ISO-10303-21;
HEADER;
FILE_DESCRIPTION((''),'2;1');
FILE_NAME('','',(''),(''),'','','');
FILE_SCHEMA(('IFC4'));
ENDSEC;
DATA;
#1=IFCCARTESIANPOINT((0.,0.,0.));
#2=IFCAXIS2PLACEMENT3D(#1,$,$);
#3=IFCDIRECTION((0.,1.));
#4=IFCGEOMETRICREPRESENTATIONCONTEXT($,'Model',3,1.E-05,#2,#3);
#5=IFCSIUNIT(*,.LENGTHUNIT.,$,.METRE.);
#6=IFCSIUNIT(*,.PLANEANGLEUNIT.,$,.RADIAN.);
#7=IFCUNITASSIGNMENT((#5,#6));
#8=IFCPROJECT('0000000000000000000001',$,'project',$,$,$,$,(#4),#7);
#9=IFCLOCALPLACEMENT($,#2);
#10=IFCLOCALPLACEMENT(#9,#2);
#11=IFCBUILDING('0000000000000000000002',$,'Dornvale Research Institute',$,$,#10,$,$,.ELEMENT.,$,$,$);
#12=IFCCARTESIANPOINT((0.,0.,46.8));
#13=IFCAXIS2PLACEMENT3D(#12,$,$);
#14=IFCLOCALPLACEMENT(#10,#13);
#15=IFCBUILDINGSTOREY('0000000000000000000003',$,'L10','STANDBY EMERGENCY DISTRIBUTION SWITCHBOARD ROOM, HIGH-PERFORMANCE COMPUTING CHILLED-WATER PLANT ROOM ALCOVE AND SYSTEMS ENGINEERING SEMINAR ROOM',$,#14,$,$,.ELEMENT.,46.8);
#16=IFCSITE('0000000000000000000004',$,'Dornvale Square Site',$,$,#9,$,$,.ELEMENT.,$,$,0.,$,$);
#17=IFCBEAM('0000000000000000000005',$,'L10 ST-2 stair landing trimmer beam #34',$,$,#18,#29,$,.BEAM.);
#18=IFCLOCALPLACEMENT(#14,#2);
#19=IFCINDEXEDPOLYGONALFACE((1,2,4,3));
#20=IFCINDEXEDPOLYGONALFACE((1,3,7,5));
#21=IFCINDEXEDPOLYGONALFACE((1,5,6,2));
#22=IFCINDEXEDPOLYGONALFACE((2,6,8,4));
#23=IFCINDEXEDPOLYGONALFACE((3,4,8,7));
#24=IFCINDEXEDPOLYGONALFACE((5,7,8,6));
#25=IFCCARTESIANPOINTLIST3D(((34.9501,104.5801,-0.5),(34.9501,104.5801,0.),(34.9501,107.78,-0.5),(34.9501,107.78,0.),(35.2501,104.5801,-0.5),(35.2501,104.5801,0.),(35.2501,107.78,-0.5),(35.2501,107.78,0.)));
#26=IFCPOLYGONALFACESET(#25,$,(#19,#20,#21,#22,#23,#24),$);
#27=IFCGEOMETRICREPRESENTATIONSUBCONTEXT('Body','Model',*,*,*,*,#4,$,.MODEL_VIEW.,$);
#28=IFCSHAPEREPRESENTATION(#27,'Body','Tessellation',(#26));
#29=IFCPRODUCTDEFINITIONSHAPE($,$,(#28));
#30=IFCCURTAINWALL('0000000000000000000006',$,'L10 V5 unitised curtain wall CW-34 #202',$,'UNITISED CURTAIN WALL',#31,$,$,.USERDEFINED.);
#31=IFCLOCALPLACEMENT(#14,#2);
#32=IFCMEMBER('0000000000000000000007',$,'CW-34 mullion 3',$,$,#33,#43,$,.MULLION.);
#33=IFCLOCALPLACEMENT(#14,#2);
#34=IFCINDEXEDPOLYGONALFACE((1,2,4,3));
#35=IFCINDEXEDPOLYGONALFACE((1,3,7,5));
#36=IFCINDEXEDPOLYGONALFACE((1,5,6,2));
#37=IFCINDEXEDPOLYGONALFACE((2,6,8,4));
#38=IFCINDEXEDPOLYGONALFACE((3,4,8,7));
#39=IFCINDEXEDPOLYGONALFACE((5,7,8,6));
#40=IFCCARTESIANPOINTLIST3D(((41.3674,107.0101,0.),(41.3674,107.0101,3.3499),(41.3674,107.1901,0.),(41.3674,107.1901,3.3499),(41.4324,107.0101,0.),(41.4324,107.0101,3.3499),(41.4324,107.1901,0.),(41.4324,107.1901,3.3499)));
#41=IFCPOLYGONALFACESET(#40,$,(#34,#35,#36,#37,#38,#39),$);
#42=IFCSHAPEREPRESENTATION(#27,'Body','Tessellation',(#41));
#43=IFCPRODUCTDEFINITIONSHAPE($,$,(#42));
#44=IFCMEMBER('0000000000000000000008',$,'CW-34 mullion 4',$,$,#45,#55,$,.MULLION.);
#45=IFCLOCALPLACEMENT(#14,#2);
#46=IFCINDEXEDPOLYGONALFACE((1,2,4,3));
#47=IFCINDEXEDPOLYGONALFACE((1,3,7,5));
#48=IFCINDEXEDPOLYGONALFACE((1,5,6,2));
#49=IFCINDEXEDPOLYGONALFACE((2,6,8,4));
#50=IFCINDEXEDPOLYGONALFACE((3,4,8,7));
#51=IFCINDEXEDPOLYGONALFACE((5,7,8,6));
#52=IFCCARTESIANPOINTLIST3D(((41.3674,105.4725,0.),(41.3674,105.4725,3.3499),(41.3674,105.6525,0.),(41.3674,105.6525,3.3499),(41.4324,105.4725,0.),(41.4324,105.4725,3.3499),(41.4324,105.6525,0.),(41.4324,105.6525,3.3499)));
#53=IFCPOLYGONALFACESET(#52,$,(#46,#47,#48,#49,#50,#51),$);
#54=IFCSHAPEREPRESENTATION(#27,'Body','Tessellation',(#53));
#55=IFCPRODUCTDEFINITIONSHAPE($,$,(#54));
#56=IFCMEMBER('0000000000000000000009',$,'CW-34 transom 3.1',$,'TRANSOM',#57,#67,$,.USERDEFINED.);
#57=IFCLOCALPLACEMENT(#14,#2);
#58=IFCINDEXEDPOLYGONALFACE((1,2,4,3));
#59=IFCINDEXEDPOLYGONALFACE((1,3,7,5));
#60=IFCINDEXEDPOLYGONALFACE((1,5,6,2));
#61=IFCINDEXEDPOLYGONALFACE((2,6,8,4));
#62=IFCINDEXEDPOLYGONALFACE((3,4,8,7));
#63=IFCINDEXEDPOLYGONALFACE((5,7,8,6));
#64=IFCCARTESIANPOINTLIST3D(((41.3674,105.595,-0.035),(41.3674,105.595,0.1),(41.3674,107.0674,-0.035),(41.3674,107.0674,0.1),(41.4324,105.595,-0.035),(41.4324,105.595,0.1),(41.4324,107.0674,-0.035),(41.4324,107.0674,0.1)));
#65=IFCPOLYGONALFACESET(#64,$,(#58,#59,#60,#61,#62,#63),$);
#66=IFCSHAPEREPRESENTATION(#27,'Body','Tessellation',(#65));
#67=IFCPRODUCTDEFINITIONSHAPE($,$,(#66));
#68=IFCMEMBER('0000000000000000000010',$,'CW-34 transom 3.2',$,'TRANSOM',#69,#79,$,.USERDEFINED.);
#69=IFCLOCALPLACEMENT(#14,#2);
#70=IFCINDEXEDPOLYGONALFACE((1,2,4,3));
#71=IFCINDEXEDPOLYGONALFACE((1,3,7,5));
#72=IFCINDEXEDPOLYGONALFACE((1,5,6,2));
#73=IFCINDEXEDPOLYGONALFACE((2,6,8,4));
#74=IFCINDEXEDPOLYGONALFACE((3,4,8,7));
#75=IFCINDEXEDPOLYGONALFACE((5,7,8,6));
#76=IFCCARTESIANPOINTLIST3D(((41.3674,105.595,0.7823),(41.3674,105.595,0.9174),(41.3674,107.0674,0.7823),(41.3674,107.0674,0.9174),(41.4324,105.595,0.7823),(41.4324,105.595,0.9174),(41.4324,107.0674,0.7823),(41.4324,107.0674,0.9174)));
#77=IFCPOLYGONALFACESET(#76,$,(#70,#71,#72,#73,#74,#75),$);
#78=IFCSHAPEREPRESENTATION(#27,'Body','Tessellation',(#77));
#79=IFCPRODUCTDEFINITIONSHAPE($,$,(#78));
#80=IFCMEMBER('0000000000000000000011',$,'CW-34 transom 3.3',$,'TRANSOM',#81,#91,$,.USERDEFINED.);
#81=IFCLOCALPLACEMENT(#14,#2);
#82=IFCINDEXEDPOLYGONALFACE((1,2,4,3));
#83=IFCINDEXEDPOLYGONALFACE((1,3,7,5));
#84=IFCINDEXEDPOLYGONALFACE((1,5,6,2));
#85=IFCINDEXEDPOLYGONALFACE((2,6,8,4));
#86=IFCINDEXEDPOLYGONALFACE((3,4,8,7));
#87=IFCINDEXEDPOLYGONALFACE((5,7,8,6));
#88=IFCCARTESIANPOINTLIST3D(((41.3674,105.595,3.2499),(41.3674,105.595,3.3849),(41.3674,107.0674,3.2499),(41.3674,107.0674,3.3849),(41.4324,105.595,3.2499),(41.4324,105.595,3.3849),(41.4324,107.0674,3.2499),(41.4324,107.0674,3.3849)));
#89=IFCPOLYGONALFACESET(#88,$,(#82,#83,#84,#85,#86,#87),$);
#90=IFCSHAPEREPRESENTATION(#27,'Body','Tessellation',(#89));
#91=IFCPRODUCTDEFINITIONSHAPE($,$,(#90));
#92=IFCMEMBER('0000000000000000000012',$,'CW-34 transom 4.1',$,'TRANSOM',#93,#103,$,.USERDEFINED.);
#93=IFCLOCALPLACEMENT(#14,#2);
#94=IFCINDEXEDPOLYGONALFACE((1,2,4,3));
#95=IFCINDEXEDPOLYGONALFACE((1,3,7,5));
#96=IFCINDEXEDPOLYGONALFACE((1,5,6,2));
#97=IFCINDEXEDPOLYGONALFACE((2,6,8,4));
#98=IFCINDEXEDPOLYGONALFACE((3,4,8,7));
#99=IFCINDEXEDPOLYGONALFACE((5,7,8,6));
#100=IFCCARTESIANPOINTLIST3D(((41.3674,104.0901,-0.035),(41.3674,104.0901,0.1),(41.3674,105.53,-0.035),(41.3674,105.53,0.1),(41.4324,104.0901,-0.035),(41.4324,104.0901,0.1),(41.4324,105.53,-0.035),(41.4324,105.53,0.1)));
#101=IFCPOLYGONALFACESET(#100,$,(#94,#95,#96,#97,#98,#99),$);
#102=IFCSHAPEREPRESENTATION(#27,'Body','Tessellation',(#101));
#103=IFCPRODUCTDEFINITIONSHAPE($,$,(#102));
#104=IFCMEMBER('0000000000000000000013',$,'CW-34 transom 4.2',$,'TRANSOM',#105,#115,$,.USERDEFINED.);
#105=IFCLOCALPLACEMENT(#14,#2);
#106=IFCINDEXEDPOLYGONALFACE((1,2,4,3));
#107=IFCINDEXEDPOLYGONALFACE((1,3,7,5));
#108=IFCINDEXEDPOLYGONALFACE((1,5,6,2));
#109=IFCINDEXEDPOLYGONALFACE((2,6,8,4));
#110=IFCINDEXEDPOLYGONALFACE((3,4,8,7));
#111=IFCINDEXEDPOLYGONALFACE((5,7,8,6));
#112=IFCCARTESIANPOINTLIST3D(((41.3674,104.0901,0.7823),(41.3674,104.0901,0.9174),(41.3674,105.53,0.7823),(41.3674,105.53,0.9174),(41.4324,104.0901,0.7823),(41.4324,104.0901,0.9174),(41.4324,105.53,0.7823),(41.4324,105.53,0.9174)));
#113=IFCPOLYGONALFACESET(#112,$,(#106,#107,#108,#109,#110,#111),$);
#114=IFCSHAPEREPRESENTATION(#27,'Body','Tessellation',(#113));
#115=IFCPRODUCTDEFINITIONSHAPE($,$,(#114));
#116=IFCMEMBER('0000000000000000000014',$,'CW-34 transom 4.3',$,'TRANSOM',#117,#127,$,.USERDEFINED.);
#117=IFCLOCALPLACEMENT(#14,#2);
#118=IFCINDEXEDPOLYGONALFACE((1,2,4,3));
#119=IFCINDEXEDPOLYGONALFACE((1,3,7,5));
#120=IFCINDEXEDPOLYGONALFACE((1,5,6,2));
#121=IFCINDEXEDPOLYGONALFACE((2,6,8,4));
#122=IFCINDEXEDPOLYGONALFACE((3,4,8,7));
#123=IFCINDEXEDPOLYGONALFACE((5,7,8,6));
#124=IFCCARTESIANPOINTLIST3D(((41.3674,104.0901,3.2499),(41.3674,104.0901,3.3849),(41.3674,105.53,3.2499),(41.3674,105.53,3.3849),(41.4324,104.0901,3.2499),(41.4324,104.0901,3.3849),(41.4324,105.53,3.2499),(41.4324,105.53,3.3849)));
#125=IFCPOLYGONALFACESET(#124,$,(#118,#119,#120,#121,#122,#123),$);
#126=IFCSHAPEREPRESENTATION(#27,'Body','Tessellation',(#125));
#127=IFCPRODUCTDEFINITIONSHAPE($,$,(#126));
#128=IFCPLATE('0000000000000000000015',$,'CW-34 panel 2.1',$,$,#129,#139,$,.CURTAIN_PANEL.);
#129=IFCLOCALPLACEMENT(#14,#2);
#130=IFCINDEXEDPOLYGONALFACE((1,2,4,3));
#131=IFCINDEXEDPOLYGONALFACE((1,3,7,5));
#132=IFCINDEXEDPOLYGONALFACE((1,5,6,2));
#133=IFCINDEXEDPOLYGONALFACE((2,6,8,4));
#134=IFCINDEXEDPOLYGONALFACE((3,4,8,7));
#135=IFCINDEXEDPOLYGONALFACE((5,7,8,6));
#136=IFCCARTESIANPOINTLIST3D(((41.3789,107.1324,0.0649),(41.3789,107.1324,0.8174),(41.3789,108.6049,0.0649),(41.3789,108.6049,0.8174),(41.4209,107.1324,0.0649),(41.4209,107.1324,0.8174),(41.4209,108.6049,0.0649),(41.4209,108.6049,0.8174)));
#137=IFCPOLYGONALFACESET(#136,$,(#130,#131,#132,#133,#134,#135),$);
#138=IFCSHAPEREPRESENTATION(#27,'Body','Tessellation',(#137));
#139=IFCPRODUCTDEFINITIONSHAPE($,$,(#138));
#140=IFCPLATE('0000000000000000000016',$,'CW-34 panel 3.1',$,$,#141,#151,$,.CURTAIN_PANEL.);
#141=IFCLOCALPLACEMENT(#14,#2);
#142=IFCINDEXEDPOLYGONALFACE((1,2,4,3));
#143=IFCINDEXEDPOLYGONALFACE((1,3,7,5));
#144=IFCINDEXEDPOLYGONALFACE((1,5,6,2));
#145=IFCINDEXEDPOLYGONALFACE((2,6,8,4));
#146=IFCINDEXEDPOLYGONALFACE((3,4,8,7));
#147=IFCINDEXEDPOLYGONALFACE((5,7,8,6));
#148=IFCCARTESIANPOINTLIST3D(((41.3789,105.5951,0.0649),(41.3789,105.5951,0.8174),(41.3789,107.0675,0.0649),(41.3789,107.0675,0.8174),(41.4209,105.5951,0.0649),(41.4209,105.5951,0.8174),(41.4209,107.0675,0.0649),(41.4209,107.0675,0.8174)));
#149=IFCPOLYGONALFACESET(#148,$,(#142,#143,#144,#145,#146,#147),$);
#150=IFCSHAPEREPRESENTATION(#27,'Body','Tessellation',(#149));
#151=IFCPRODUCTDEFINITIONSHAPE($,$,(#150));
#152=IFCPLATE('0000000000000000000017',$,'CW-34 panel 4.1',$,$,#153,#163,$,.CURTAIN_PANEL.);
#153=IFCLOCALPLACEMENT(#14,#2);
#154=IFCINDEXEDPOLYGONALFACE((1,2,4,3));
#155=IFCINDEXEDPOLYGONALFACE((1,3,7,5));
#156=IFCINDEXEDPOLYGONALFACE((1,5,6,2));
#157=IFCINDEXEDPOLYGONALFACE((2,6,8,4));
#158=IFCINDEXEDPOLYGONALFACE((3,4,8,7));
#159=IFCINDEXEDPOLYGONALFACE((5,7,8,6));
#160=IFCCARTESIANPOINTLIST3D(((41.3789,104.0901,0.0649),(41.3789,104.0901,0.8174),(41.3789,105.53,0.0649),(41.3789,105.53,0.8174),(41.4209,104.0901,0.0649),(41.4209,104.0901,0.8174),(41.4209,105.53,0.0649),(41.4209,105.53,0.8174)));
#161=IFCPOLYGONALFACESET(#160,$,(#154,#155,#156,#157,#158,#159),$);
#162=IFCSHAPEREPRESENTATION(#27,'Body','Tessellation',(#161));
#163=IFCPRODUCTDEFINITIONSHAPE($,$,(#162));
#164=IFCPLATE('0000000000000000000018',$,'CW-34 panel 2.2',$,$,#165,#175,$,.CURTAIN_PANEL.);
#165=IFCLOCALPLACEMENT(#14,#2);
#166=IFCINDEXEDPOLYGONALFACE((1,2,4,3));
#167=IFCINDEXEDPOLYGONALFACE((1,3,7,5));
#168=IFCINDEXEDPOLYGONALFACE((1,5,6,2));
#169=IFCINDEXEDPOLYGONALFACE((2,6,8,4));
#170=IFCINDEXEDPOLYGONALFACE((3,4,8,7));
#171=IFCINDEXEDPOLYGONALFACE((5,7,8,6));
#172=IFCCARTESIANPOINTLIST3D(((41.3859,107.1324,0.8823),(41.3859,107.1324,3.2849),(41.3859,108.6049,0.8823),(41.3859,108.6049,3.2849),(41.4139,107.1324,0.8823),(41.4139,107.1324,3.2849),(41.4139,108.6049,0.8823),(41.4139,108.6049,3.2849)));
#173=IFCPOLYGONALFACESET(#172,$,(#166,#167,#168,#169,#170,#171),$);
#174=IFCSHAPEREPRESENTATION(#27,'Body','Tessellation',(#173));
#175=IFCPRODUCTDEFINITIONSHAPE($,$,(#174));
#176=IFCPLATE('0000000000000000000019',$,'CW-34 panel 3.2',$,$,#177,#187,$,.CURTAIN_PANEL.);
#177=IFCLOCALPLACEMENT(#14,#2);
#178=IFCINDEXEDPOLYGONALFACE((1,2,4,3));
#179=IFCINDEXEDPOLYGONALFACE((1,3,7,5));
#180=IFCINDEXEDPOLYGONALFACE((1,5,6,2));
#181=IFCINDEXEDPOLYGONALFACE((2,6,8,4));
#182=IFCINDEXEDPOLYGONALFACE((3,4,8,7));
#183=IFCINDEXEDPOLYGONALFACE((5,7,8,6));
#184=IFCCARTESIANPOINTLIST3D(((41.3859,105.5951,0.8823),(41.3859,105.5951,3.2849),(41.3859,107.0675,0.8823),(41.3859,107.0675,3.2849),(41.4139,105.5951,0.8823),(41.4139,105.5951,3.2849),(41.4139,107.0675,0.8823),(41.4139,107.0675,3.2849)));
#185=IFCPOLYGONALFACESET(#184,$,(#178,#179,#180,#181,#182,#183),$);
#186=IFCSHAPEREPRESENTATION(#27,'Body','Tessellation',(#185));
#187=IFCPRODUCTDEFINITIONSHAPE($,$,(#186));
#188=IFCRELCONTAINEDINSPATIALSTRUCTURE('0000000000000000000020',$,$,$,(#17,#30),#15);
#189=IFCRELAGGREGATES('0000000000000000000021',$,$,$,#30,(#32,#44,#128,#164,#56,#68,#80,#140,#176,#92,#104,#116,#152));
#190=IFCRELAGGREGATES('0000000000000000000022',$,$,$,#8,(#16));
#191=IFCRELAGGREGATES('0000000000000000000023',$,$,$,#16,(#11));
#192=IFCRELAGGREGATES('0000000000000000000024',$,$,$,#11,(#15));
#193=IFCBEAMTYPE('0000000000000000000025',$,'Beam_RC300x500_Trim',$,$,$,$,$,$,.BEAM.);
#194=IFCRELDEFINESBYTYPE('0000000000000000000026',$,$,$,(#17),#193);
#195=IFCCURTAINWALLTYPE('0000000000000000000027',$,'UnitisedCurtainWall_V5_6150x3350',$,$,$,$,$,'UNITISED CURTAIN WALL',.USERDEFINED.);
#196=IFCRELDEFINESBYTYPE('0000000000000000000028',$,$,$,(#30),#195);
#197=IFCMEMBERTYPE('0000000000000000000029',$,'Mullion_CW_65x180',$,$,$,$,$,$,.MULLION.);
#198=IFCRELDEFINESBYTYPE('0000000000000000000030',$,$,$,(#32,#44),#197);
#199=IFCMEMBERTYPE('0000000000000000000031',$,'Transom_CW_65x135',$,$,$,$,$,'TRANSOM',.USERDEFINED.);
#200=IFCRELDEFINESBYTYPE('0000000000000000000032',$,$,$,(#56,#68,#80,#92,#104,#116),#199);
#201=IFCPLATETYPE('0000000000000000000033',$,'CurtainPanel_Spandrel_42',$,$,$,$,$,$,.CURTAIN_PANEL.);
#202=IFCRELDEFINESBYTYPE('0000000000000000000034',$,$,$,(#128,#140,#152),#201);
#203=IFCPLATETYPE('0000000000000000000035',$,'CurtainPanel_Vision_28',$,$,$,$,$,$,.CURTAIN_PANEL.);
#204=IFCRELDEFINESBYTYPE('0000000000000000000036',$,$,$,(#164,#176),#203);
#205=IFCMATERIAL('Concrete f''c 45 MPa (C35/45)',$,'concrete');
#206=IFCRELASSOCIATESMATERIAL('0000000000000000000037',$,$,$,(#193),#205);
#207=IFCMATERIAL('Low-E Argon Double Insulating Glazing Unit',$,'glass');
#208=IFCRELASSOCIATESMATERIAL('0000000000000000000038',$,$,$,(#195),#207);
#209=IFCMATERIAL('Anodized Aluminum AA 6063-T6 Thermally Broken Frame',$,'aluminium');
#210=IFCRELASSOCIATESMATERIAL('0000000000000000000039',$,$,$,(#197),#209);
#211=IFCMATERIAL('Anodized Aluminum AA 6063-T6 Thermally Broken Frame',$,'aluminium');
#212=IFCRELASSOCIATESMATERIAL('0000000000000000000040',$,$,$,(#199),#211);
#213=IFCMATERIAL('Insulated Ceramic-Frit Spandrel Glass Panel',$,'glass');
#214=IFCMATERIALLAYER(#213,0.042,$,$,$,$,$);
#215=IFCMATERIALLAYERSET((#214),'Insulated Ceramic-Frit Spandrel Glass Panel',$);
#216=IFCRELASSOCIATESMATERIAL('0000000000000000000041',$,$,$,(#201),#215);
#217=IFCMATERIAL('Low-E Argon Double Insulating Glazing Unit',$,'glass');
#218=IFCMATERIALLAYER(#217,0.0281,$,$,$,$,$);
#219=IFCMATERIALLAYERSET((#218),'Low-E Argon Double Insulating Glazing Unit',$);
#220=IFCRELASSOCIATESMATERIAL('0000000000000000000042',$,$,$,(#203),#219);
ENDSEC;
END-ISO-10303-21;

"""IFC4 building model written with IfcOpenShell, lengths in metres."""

from ifc_helpers import new_model, si_unit, direction, frame, origin, origin_2d, place, context, subcontext, project, spatial, rectangle, extrude, material, layer, layer_set, material_profile, profile_set, type_object, element, aggregate, save


model = new_model("IFC4")

# Units and contexts
model_context = context("Model", 3, precision=1e-05, world=origin(), true_north=direction((0.0, 1.0)))
body_context = subcontext(model_context, "Body", "Model", "MODEL_VIEW")
ifc_project = project(units=[si_unit("LENGTHUNIT", "METRE"), si_unit("PLANEANGLEUNIT", "RADIAN")], contexts=[model_context])

# Site, building, storey
site_placement = place(None, origin())
site = spatial("IfcSite", under=ifc_project, at=site_placement, Name="Dornvale Square Site", CompositionType="ELEMENT", RefElevation=0.0)
building_placement = place(site_placement, origin())
building = spatial("IfcBuilding", under=site, at=building_placement, Name="Dornvale Research Institute", CompositionType="ELEMENT")
storey_placement = place(building_placement, frame((0.0, 0.0, 46.8)))
storey = spatial("IfcBuildingStorey", under=building, at=storey_placement, Name="L10", Description="STANDBY EMERGENCY DISTRIBUTION SWITCHBOARD ROOM, HIGH-PERFORMANCE COMPUTING CHILLED-WATER PLANT ROOM ALCOVE AND SYSTEMS ENGINEERING SEMINAR ROOM", CompositionType="ELEMENT", Elevation=46.8)

# Beam
ifc_material_1 = material(Name="Concrete f'c 45 MPa (C35/45)", Category="concrete")
ifc_material_profile_1 = material_profile(ifc_material_1, rectangle(XDim=0.3, YDim=0.5, at=origin_2d()), Name="RC 300x500")
ifc_profile_set_1 = profile_set([ifc_material_profile_1], Name="Concrete f'c 45 MPa (C35/45)")
beam_type = type_object("IfcBeamType", Name="Beam_RC300x500_Trim", PredefinedType="BEAM", material=ifc_profile_set_1)
beam_placement = place(storey_placement, frame((35.1001, 104.5801, -0.25), z_axis=(0.0, 1.0, 0.0), x_axis=(-1.0, 0.0, 0.0)))
element("IfcBeam", 1, at=beam_placement, inside=storey, type_object=beam_type, Name="L10 ST-2 stair landing trimmer beam #34", PredefinedType="BEAM", context=body_context, shape_type="SweptSolid", body=[
    extrude(rectangle(XDim=0.3, YDim=0.5, at=origin_2d()), origin(), (0.0, 0.0, 1.0), 3.2),
])

# Curtain wall, members, plates
ifc_material_2 = material(Name="Low-E Argon Double Insulating Glazing Unit", Category="glass")
curtain_wall_type = type_object("IfcCurtainWallType", Name="UnitisedCurtainWall_V5_6150x3350", ElementType="UNITISED CURTAIN WALL", PredefinedType="USERDEFINED", material=ifc_material_2)
curtain_wall_placement = place(storey_placement, origin())
curtain_wall = element("IfcCurtainWall", 2, at=curtain_wall_placement, inside=storey, type_object=curtain_wall_type, Name="L10 V5 unitised curtain wall CW-34 #202", ObjectType="UNITISED CURTAIN WALL", PredefinedType="USERDEFINED")
ifc_material_3 = material(Name="Anodized Aluminum AA 6063-T6 Thermally Broken Frame", Category="aluminium")
ifc_material_profile_2 = material_profile(ifc_material_3, rectangle(XDim=0.0649, YDim=0.1799, at=origin_2d()), Name="ALU MULLION 65x180")
ifc_profile_set_2 = profile_set([ifc_material_profile_2], Name="Anodized Aluminum AA 6063-T6 Thermally Broken Frame")
member_type_1 = type_object("IfcMemberType", Name="Mullion_CW_65x180", PredefinedType="MULLION", material=ifc_profile_set_2)
member_1_placement = place(storey_placement, frame((41.3999, 107.1001, 0.0), z_axis=(0.0, 0.0, 1.0), x_axis=(1.0, 0.0, 0.0)))
member_1 = element("IfcMember", 3, at=member_1_placement, type_object=member_type_1, Name="CW-34 mullion 3", PredefinedType="MULLION", context=body_context, shape_type="SweptSolid", body=[
    extrude(rectangle(XDim=0.0649, YDim=0.1799, at=origin_2d()), origin(), (0.0, 0.0, 1.0), 3.3499),
])
member_2_placement = place(storey_placement, frame((41.3999, 105.5625, 0.0), z_axis=(0.0, 0.0, 1.0), x_axis=(1.0, 0.0, 0.0)))
member_2 = element("IfcMember", 4, at=member_2_placement, type_object=member_type_1, Name="CW-34 mullion 4", PredefinedType="MULLION", context=body_context, shape_type="SweptSolid", body=[
    extrude(rectangle(XDim=0.0649, YDim=0.1799, at=origin_2d()), origin(), (0.0, 0.0, 1.0), 3.3499),
])
ifc_material_4 = material(Name="Anodized Aluminum AA 6063-T6 Thermally Broken Frame", Category="aluminium")
ifc_material_profile_3 = material_profile(ifc_material_4, rectangle(XDim=0.0649, YDim=0.135, at=origin_2d()), Name="ALU TRANSOM 65x135")
ifc_profile_set_3 = profile_set([ifc_material_profile_3], Name="Anodized Aluminum AA 6063-T6 Thermally Broken Frame")
member_type_2 = type_object("IfcMemberType", Name="Transom_CW_65x135", ElementType="TRANSOM", PredefinedType="USERDEFINED", material=ifc_profile_set_3)
member_3_placement = place(storey_placement, frame((41.3999, 107.0674, 0.0325), z_axis=(0.0, -1.0, 0.0), x_axis=(1.0, 0.0, 0.0)))
member_3 = element("IfcMember", 5, at=member_3_placement, type_object=member_type_2, Name="CW-34 transom 3.1", ObjectType="TRANSOM", PredefinedType="USERDEFINED", context=body_context, shape_type="SweptSolid", body=[
    extrude(rectangle(XDim=0.0649, YDim=0.135, at=origin_2d()), origin(), (0.0, 0.0, 1.0), 1.4724),
])
member_4_placement = place(storey_placement, frame((41.3999, 107.0674, 0.8499), z_axis=(0.0, -1.0, 0.0), x_axis=(1.0, 0.0, 0.0)))
member_4 = element("IfcMember", 6, at=member_4_placement, type_object=member_type_2, Name="CW-34 transom 3.2", ObjectType="TRANSOM", PredefinedType="USERDEFINED", context=body_context, shape_type="SweptSolid", body=[
    extrude(rectangle(XDim=0.0649, YDim=0.135, at=origin_2d()), origin(), (0.0, 0.0, 1.0), 1.4724),
])
member_5_placement = place(storey_placement, frame((41.3999, 107.0674, 3.3174), z_axis=(0.0, -1.0, 0.0), x_axis=(1.0, 0.0, 0.0)))
member_5 = element("IfcMember", 7, at=member_5_placement, type_object=member_type_2, Name="CW-34 transom 3.3", ObjectType="TRANSOM", PredefinedType="USERDEFINED", context=body_context, shape_type="SweptSolid", body=[
    extrude(rectangle(XDim=0.0649, YDim=0.135, at=origin_2d()), origin(), (0.0, 0.0, 1.0), 1.4724),
])
member_6_placement = place(storey_placement, frame((41.3999, 105.53, 0.0325), z_axis=(0.0, -1.0, 0.0), x_axis=(1.0, 0.0, 0.0)))
member_6 = element("IfcMember", 8, at=member_6_placement, type_object=member_type_2, Name="CW-34 transom 4.1", ObjectType="TRANSOM", PredefinedType="USERDEFINED", context=body_context, shape_type="SweptSolid", body=[
    extrude(rectangle(XDim=0.0649, YDim=0.135, at=origin_2d()), origin(), (0.0, 0.0, 1.0), 1.4399),
])
member_7_placement = place(storey_placement, frame((41.3999, 105.53, 0.8499), z_axis=(0.0, -1.0, 0.0), x_axis=(1.0, 0.0, 0.0)))
member_7 = element("IfcMember", 9, at=member_7_placement, type_object=member_type_2, Name="CW-34 transom 4.2", ObjectType="TRANSOM", PredefinedType="USERDEFINED", context=body_context, shape_type="SweptSolid", body=[
    extrude(rectangle(XDim=0.0649, YDim=0.135, at=origin_2d()), origin(), (0.0, 0.0, 1.0), 1.4399),
])
member_8_placement = place(storey_placement, frame((41.3999, 105.53, 3.3174), z_axis=(0.0, -1.0, 0.0), x_axis=(1.0, 0.0, 0.0)))
member_8 = element("IfcMember", 10, at=member_8_placement, type_object=member_type_2, Name="CW-34 transom 4.3", ObjectType="TRANSOM", PredefinedType="USERDEFINED", context=body_context, shape_type="SweptSolid", body=[
    extrude(rectangle(XDim=0.0649, YDim=0.135, at=origin_2d()), origin(), (0.0, 0.0, 1.0), 1.4399),
])
ifc_material_5 = material(Name="Insulated Ceramic-Frit Spandrel Glass Panel", Category="glass")
ifc_layer_1 = layer(ifc_material_5, 0.042)
ifc_layer_set_1 = layer_set([ifc_layer_1], Name="Insulated Ceramic-Frit Spandrel Glass Panel")
plate_type_1 = type_object("IfcPlateType", Name="CurtainPanel_Spandrel_42", PredefinedType="CURTAIN_PANEL", material=ifc_layer_set_1)
plate_1_placement = place(storey_placement, frame((41.3999, 107.8687, 0.0649), z_axis=(0.0, 0.0, 1.0), x_axis=(0.0, -1.0, 0.0)))
plate_1 = element("IfcPlate", 11, at=plate_1_placement, type_object=plate_type_1, Name="CW-34 panel 2.1", PredefinedType="CURTAIN_PANEL", context=body_context, shape_type="SweptSolid", body=[
    extrude(rectangle(XDim=1.4724, YDim=0.042, at=origin_2d()), origin(), (0.0, 0.0, 1.0), 0.7524),
])
plate_2_placement = place(storey_placement, frame((41.3999, 106.3313, 0.0649), z_axis=(0.0, 0.0, 1.0), x_axis=(0.0, -1.0, 0.0)))
plate_2 = element("IfcPlate", 12, at=plate_2_placement, type_object=plate_type_1, Name="CW-34 panel 3.1", PredefinedType="CURTAIN_PANEL", context=body_context, shape_type="SweptSolid", body=[
    extrude(rectangle(XDim=1.4724, YDim=0.042, at=origin_2d()), origin(), (0.0, 0.0, 1.0), 0.7524),
])
plate_3_placement = place(storey_placement, frame((41.3999, 104.8101, 0.0649), z_axis=(0.0, 0.0, 1.0), x_axis=(0.0, -1.0, 0.0)))
plate_3 = element("IfcPlate", 13, at=plate_3_placement, type_object=plate_type_1, Name="CW-34 panel 4.1", PredefinedType="CURTAIN_PANEL", context=body_context, shape_type="SweptSolid", body=[
    extrude(rectangle(XDim=1.4399, YDim=0.042, at=origin_2d()), origin(), (0.0, 0.0, 1.0), 0.7524),
])
ifc_material_6 = material(Name="Low-E Argon Double Insulating Glazing Unit", Category="glass")
ifc_layer_2 = layer(ifc_material_6, 0.0281)
ifc_layer_set_2 = layer_set([ifc_layer_2], Name="Low-E Argon Double Insulating Glazing Unit")
plate_type_2 = type_object("IfcPlateType", Name="CurtainPanel_Vision_28", PredefinedType="CURTAIN_PANEL", material=ifc_layer_set_2)
plate_4_placement = place(storey_placement, frame((41.3999, 107.8687, 0.8823), z_axis=(0.0, 0.0, 1.0), x_axis=(0.0, -1.0, 0.0)))
plate_4 = element("IfcPlate", 14, at=plate_4_placement, type_object=plate_type_2, Name="CW-34 panel 2.2", PredefinedType="CURTAIN_PANEL", context=body_context, shape_type="SweptSolid", body=[
    extrude(rectangle(XDim=1.4724, YDim=0.0281, at=origin_2d()), origin(), (0.0, 0.0, 1.0), 2.4026),
])
plate_5_placement = place(storey_placement, frame((41.3999, 106.3313, 0.8823), z_axis=(0.0, 0.0, 1.0), x_axis=(0.0, -1.0, 0.0)))
plate_5 = element("IfcPlate", 15, at=plate_5_placement, type_object=plate_type_2, Name="CW-34 panel 3.2", PredefinedType="CURTAIN_PANEL", context=body_context, shape_type="SweptSolid", body=[
    extrude(rectangle(XDim=1.4724, YDim=0.0281, at=origin_2d()), origin(), (0.0, 0.0, 1.0), 2.4026),
])
aggregate(curtain_wall, [member_1, member_2, plate_1, plate_4, member_3, member_4, member_5, plate_2, plate_5, member_6, member_7, member_8, plate_3])

save(model, "model.ifc")
